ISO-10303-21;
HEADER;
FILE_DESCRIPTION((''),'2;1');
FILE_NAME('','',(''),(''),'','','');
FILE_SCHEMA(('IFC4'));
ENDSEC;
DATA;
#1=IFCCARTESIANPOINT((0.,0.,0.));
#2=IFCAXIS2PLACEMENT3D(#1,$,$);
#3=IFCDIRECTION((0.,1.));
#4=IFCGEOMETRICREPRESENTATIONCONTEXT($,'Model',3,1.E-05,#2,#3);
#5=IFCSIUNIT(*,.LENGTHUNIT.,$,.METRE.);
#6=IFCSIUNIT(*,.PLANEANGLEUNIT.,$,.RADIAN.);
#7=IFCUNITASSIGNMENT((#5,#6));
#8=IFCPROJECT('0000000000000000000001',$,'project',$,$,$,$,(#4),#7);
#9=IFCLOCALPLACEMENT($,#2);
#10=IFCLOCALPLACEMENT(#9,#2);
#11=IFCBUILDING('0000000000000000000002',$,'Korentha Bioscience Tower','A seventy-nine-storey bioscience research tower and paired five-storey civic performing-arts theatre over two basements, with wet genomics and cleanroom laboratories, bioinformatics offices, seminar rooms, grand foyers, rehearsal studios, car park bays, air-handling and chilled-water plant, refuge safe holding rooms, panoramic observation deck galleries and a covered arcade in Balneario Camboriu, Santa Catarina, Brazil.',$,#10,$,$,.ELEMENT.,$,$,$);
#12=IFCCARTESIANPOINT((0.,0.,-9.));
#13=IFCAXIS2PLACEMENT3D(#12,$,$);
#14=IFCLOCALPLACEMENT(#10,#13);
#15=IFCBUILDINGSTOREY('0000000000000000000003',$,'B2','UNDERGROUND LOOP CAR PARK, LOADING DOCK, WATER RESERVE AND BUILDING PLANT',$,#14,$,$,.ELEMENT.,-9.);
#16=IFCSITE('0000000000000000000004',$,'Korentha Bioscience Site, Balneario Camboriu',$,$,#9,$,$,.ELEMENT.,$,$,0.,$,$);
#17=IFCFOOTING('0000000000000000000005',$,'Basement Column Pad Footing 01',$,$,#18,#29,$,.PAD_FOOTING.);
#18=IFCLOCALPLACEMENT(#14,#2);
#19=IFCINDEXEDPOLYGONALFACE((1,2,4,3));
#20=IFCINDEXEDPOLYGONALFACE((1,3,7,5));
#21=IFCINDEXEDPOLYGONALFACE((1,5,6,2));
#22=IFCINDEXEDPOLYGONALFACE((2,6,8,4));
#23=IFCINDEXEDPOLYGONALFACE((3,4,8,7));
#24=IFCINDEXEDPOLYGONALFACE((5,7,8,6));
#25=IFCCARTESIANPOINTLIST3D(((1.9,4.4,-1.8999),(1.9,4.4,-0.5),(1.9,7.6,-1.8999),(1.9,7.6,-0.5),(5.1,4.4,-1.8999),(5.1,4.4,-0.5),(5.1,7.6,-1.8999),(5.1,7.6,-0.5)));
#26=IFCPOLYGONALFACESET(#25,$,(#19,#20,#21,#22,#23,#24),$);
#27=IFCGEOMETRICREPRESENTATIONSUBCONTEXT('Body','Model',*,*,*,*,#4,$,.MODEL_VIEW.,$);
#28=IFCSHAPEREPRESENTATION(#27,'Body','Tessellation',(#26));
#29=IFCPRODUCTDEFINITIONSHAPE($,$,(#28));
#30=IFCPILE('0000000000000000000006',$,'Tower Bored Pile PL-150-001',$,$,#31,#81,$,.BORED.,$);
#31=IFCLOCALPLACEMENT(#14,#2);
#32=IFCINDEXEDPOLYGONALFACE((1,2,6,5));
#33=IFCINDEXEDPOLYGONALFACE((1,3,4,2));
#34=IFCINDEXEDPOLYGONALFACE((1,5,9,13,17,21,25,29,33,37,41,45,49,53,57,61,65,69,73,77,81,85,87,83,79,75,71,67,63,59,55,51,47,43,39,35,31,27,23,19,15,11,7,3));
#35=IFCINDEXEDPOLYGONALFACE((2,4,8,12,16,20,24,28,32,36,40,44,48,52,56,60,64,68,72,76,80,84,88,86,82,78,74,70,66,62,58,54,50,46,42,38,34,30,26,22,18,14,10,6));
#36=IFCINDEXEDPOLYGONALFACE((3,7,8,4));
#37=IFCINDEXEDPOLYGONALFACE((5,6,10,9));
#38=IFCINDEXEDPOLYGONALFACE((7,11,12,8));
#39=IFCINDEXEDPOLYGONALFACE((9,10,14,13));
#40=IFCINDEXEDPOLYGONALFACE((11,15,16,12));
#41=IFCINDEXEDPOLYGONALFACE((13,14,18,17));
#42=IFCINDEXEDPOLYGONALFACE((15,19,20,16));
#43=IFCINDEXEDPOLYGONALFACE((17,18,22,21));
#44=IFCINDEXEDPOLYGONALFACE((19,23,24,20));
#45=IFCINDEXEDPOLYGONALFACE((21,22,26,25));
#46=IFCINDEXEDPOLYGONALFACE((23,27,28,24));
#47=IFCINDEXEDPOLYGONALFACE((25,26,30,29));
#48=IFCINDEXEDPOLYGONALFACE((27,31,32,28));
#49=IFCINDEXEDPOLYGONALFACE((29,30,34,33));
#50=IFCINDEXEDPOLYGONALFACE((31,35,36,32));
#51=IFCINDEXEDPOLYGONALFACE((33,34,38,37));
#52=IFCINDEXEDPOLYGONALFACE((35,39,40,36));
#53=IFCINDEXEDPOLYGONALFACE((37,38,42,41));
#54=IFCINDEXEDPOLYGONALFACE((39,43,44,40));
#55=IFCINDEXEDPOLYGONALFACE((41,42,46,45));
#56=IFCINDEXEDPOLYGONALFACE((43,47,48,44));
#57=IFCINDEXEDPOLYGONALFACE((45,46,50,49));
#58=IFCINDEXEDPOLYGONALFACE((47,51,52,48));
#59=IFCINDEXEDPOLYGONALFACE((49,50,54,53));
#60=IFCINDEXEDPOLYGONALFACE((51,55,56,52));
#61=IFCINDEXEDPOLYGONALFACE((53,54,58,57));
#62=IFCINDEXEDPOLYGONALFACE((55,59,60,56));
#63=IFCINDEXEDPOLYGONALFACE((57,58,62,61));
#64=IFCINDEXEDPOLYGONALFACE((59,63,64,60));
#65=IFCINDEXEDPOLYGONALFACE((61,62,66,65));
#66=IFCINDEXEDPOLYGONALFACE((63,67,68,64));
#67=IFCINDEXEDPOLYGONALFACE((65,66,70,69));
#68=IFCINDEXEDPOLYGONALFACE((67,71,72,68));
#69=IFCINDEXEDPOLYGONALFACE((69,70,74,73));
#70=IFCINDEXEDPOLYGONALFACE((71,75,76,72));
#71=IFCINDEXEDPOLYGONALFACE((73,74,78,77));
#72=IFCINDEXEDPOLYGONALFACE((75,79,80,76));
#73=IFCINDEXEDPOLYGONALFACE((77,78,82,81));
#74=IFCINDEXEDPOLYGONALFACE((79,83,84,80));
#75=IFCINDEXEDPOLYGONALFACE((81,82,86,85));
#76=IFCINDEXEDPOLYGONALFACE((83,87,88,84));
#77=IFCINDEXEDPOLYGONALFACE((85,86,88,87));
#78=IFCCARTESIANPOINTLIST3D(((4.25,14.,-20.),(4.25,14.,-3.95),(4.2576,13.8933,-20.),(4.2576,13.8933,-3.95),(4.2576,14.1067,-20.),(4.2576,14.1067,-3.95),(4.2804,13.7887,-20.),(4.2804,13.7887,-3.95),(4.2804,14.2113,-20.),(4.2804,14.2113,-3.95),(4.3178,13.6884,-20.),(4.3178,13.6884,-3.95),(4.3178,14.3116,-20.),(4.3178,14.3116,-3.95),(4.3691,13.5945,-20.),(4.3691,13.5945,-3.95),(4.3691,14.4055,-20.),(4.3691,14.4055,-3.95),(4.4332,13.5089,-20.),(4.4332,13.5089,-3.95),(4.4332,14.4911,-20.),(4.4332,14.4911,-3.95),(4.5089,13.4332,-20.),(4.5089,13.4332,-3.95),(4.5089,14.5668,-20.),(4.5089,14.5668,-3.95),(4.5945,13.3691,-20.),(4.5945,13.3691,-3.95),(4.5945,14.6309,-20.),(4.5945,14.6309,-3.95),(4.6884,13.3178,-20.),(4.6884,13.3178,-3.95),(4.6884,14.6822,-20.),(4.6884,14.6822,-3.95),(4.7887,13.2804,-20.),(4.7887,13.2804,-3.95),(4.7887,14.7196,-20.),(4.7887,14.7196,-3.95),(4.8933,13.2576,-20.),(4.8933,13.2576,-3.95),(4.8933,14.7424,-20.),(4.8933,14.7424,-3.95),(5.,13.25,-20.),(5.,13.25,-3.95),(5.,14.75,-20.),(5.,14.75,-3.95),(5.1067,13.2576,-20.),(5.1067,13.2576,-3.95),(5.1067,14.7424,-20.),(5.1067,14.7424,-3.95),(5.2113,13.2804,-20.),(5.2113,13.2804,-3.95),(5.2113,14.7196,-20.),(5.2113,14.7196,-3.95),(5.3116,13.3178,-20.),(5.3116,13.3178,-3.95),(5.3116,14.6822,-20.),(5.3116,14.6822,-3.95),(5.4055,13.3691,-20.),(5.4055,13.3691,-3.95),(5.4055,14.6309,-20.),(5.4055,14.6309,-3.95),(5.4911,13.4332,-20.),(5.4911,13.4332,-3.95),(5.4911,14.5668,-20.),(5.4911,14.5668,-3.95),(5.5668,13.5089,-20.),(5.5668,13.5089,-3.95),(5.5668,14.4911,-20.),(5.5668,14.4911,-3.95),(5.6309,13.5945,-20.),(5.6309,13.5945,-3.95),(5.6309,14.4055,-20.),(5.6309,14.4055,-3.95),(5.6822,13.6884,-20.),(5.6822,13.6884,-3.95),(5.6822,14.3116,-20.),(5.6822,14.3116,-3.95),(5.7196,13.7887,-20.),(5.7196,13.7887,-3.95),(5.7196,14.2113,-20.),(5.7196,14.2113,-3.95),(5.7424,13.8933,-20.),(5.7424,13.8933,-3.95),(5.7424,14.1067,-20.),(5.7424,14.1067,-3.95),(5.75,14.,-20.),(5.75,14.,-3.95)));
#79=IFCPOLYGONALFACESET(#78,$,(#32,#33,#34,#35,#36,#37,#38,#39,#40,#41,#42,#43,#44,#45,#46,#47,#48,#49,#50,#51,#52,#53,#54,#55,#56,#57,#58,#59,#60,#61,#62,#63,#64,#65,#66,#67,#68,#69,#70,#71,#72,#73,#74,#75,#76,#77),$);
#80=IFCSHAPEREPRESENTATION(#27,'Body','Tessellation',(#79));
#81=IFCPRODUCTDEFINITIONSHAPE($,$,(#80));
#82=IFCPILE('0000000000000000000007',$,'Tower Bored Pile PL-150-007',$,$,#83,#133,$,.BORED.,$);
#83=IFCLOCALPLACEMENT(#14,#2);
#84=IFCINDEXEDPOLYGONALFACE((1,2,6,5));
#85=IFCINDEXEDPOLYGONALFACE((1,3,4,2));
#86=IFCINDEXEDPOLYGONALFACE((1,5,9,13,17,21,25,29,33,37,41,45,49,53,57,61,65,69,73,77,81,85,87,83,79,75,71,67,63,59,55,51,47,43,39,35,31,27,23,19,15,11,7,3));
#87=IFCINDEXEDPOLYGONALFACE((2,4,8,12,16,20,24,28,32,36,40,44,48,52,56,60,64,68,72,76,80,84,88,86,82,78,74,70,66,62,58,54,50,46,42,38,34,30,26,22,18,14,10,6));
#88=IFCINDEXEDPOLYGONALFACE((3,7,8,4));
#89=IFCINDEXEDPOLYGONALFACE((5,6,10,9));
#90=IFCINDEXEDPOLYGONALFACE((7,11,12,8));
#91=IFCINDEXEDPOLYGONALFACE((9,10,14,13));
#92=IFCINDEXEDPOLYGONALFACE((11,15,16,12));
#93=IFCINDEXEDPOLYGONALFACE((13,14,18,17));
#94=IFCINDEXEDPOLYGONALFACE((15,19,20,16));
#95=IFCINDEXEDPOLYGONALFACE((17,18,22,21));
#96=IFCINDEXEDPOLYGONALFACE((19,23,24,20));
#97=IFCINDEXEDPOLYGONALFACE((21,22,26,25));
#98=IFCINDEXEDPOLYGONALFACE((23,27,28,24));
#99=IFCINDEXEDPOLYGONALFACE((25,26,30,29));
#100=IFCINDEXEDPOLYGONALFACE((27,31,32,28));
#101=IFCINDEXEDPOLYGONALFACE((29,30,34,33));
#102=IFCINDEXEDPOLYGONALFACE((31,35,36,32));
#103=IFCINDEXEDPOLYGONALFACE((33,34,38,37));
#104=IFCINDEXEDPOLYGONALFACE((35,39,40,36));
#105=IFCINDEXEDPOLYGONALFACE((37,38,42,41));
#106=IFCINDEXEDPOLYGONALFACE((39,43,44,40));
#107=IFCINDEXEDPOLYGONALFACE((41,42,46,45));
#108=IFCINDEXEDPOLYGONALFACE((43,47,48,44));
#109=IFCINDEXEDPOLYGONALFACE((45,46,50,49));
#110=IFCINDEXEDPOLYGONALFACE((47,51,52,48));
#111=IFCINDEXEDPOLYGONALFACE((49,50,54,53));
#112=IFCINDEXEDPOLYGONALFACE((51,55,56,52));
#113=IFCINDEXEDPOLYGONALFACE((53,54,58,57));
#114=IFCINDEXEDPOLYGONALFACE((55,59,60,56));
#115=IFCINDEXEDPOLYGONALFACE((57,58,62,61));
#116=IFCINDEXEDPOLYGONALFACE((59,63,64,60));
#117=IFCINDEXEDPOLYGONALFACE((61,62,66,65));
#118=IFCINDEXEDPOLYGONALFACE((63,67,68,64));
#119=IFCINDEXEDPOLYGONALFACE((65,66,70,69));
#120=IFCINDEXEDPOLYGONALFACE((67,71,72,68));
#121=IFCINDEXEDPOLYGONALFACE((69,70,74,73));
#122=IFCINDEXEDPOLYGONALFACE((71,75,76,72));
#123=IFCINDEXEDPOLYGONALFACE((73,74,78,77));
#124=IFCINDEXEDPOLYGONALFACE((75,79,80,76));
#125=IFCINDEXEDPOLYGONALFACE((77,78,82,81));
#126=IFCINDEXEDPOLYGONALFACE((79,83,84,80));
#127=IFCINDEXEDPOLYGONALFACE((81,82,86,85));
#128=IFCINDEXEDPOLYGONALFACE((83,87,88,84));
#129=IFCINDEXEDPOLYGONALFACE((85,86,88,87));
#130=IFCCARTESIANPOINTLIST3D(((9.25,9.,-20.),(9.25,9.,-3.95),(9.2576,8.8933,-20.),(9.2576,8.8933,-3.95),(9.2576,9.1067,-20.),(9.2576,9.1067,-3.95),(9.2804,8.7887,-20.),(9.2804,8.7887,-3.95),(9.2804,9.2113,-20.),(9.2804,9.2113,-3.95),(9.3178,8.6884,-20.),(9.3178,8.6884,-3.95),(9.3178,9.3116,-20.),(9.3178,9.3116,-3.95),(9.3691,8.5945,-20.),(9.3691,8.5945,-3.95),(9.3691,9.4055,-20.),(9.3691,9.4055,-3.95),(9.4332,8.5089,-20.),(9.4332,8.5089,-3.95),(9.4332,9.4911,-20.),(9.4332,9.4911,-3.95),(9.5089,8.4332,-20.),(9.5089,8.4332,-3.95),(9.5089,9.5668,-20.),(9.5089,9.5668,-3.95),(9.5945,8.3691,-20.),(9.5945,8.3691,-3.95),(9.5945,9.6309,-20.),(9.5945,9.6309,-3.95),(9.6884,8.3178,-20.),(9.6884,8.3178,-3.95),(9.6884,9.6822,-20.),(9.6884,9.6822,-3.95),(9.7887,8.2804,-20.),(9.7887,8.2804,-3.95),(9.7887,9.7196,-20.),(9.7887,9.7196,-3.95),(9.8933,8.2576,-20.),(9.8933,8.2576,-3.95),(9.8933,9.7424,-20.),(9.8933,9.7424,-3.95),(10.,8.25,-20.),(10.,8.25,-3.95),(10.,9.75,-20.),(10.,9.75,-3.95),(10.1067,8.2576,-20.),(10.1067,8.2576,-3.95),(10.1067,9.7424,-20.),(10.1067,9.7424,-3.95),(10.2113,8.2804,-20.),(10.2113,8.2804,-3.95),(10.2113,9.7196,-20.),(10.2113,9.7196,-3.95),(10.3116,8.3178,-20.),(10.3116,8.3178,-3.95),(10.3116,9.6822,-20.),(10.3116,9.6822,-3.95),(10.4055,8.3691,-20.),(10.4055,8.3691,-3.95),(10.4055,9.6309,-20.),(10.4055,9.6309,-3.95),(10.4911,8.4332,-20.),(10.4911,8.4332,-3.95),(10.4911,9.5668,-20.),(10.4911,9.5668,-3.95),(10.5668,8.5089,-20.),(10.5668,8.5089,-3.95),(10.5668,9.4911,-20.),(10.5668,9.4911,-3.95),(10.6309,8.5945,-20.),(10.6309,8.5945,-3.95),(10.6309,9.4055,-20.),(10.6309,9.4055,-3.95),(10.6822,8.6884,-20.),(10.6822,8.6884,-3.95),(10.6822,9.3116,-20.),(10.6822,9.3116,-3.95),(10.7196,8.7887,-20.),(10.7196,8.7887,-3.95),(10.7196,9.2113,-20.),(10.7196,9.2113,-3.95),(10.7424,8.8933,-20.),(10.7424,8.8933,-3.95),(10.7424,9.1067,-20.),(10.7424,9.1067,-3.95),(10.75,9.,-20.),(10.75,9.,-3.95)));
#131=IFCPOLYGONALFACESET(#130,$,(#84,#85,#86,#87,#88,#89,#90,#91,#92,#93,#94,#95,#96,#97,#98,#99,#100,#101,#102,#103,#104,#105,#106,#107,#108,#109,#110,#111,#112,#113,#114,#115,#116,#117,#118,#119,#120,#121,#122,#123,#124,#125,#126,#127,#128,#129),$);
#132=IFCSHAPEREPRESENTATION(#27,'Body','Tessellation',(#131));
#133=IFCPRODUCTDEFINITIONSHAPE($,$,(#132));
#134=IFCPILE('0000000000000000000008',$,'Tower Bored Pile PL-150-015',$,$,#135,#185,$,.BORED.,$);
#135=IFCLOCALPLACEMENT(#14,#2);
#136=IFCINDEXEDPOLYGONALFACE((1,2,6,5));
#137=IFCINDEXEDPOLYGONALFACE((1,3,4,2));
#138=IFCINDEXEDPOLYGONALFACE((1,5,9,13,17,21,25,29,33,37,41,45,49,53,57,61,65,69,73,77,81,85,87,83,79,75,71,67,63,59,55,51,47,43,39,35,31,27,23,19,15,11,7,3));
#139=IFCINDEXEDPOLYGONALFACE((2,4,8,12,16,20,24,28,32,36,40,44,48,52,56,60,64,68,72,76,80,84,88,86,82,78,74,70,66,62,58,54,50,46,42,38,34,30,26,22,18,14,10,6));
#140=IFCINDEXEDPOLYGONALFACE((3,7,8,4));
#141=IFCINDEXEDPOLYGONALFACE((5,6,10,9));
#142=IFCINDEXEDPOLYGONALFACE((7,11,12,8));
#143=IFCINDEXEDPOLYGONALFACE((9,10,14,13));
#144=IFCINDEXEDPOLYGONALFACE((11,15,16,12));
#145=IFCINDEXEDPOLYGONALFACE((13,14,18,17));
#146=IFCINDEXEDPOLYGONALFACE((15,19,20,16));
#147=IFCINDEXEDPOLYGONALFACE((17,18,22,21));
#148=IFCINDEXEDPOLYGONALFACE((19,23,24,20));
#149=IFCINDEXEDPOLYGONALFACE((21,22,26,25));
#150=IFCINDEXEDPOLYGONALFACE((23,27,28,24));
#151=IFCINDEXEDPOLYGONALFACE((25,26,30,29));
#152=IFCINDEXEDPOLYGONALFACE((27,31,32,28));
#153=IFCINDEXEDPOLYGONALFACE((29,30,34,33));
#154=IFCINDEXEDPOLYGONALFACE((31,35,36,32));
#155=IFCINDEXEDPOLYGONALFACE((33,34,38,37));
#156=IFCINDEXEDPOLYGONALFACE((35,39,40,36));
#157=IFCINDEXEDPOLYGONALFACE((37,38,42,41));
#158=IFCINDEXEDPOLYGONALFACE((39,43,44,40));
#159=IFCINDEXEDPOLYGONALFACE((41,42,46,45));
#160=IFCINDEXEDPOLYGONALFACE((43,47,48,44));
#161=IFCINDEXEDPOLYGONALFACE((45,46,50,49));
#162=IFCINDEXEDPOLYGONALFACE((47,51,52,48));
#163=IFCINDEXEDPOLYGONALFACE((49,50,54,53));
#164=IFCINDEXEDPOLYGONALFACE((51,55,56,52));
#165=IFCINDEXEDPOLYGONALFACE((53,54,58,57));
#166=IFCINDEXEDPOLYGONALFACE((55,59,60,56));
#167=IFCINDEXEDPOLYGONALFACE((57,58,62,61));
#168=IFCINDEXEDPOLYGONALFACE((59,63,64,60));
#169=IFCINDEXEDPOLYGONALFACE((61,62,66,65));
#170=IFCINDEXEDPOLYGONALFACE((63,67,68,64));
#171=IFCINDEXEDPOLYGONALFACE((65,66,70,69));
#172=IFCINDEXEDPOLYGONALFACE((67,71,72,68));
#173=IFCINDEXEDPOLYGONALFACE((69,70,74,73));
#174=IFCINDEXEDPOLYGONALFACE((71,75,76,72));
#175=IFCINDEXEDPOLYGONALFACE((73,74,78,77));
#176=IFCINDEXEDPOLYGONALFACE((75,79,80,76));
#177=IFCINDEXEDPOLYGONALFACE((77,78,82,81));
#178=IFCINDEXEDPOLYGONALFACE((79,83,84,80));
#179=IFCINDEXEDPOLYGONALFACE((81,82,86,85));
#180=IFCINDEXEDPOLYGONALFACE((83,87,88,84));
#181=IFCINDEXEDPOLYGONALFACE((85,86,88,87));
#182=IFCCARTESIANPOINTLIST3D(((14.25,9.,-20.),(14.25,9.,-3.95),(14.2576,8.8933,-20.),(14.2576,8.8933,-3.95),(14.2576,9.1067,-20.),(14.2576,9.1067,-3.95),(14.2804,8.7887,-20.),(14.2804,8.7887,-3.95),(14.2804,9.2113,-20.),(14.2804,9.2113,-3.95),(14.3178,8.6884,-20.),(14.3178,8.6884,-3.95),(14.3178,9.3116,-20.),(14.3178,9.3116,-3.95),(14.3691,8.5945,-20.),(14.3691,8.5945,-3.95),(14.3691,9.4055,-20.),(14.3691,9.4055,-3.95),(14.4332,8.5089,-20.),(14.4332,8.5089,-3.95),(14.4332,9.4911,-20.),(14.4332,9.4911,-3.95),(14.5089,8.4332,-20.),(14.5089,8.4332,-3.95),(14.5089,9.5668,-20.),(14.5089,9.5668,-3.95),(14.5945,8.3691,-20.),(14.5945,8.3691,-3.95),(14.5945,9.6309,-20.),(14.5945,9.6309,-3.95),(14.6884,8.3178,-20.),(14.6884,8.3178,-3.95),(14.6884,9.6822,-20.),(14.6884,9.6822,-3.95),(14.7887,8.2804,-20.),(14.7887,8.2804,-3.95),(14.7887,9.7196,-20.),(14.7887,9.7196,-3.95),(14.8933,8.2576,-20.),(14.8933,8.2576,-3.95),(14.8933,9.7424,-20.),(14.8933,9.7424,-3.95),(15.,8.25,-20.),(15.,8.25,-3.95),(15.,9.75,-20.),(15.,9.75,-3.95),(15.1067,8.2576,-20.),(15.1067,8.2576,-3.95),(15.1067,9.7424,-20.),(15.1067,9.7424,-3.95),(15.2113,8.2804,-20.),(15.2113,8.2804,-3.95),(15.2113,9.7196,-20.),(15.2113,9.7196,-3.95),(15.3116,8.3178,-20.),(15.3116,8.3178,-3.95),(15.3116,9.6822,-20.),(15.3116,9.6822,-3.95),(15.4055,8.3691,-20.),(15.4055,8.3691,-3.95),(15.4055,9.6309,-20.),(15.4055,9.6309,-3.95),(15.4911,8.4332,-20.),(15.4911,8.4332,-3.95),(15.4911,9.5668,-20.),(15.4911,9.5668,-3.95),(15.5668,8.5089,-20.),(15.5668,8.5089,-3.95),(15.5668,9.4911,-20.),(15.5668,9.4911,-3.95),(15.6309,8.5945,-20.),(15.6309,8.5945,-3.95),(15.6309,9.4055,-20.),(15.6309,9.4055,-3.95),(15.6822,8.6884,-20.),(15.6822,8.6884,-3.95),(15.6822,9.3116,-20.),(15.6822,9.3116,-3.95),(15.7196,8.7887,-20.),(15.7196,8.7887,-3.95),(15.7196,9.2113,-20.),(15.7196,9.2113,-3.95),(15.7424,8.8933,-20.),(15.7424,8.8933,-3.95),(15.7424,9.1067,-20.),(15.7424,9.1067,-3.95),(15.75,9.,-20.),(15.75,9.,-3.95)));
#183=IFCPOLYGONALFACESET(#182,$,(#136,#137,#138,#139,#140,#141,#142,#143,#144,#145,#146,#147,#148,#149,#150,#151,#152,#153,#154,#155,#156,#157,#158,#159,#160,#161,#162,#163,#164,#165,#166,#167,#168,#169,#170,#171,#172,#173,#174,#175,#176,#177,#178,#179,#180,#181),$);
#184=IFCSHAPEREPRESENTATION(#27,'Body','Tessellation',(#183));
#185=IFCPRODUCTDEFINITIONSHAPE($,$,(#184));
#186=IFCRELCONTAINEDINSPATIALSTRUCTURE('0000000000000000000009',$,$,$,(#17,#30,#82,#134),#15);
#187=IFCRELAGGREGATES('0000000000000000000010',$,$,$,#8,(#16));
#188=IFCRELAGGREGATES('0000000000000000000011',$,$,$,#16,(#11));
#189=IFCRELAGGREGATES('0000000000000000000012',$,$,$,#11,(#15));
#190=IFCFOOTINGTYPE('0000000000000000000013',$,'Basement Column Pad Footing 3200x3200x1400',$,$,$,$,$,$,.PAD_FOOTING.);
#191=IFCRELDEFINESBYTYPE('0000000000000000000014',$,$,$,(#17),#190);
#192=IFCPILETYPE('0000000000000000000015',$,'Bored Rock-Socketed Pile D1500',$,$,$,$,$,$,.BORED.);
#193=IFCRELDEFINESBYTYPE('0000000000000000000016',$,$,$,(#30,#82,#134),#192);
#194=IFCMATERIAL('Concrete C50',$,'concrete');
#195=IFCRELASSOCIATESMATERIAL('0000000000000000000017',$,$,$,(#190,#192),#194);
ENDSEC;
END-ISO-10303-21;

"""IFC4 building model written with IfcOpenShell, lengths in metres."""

from ifc_helpers import new_model, si_unit, direction, frame, origin, origin_2d, place, context, subcontext, project, spatial, rectangle, circle, extrude, material, material_profile, profile_set, type_object, element, save


model = new_model("IFC4")

# Units and contexts
model_context = context("Model", 3, precision=1e-05, world=origin(), true_north=direction((0.0, 1.0)))
body_context = subcontext(model_context, "Body", "Model", "MODEL_VIEW")
ifc_project = project(units=[si_unit("LENGTHUNIT", "METRE"), si_unit("PLANEANGLEUNIT", "RADIAN")], contexts=[model_context])

# Site, building, storey
site_placement = place(None, origin())
site = spatial("IfcSite", under=ifc_project, at=site_placement, Name="Korentha Bioscience Site, Balneario Camboriu", CompositionType="ELEMENT", RefElevation=0.0)
building_placement = place(site_placement, origin())
building = spatial("IfcBuilding", under=site, at=building_placement, Name="Korentha Bioscience Tower", Description="A seventy-nine-storey bioscience research tower and paired five-storey civic performing-arts theatre over two basements, with wet genomics and cleanroom laboratories, bioinformatics offices, seminar rooms, grand foyers, rehearsal studios, car park bays, air-handling and chilled-water plant, refuge safe holding rooms, panoramic observation deck galleries and a covered arcade in Balneario Camboriu, Santa Catarina, Brazil.", CompositionType="ELEMENT")
storey_placement = place(building_placement, frame((0.0, 0.0, -9.0)))
storey = spatial("IfcBuildingStorey", under=building, at=storey_placement, Name="B2", Description="UNDERGROUND LOOP CAR PARK, LOADING DOCK, WATER RESERVE AND BUILDING PLANT", CompositionType="ELEMENT", Elevation=-9.0)

# Footing
ifc_material_1 = material(Name="Concrete C50", Category="concrete")
footing_type_1 = type_object("IfcFootingType", Name="Basement Column Pad Footing 3200x3200x1400", PredefinedType="PAD_FOOTING", material=ifc_material_1)
footing_1_placement = place(storey_placement, frame((3.5, 6.0, -1.8999), z_axis=(0.0, 0.0, 1.0), x_axis=(1.0, 0.0, 0.0)))
element("IfcFooting", 1, at=footing_1_placement, inside=storey, type_object=footing_type_1, Name="Basement Column Pad Footing 01", PredefinedType="PAD_FOOTING", context=body_context, shape_type="SweptSolid", body=[
    extrude(rectangle(XDim=3.2, YDim=3.2, at=origin_2d()), origin(), (0.0, 0.0, 1.0), 1.3999),
])

# Piles
ifc_material_profile_1 = material_profile(ifc_material_1, circle(Radius=0.75, at=origin_2d()), Name="Concrete C50")
ifc_profile_set_1 = profile_set([ifc_material_profile_1], Name="Concrete C50 (PL-150)")
pile_type = type_object("IfcPileType", Name="Bored Rock-Socketed Pile D1500", PredefinedType="BORED", material=ifc_profile_set_1)
for number, where, z_axis, x_axis, name in (
    (2, (5.0, 14.0, -3.95), (0.0, 0.0, -1.0), (1.0, 0.0, 0.0), "Tower Bored Pile PL-150-001"),
    (3, (10.0, 9.0, -3.95), (0.0, 0.0, -1.0), (1.0, 0.0, 0.0), "Tower Bored Pile PL-150-007"),
    (4, (15.0, 9.0, -3.95), (0.0, 0.0, -1.0), (1.0, 0.0, 0.0), "Tower Bored Pile PL-150-015"),
):
    element("IfcPile", number, at=place(storey_placement, frame(where, z_axis=z_axis, x_axis=x_axis)), inside=storey, type_object=pile_type, Name=name, PredefinedType="BORED", context=body_context, shape_type="SweptSolid", body=[
        extrude(circle(Radius=0.75, at=origin_2d()), origin(), (0.0, 0.0, 1.0), 16.05),
    ])

save(model, "model.ifc")
